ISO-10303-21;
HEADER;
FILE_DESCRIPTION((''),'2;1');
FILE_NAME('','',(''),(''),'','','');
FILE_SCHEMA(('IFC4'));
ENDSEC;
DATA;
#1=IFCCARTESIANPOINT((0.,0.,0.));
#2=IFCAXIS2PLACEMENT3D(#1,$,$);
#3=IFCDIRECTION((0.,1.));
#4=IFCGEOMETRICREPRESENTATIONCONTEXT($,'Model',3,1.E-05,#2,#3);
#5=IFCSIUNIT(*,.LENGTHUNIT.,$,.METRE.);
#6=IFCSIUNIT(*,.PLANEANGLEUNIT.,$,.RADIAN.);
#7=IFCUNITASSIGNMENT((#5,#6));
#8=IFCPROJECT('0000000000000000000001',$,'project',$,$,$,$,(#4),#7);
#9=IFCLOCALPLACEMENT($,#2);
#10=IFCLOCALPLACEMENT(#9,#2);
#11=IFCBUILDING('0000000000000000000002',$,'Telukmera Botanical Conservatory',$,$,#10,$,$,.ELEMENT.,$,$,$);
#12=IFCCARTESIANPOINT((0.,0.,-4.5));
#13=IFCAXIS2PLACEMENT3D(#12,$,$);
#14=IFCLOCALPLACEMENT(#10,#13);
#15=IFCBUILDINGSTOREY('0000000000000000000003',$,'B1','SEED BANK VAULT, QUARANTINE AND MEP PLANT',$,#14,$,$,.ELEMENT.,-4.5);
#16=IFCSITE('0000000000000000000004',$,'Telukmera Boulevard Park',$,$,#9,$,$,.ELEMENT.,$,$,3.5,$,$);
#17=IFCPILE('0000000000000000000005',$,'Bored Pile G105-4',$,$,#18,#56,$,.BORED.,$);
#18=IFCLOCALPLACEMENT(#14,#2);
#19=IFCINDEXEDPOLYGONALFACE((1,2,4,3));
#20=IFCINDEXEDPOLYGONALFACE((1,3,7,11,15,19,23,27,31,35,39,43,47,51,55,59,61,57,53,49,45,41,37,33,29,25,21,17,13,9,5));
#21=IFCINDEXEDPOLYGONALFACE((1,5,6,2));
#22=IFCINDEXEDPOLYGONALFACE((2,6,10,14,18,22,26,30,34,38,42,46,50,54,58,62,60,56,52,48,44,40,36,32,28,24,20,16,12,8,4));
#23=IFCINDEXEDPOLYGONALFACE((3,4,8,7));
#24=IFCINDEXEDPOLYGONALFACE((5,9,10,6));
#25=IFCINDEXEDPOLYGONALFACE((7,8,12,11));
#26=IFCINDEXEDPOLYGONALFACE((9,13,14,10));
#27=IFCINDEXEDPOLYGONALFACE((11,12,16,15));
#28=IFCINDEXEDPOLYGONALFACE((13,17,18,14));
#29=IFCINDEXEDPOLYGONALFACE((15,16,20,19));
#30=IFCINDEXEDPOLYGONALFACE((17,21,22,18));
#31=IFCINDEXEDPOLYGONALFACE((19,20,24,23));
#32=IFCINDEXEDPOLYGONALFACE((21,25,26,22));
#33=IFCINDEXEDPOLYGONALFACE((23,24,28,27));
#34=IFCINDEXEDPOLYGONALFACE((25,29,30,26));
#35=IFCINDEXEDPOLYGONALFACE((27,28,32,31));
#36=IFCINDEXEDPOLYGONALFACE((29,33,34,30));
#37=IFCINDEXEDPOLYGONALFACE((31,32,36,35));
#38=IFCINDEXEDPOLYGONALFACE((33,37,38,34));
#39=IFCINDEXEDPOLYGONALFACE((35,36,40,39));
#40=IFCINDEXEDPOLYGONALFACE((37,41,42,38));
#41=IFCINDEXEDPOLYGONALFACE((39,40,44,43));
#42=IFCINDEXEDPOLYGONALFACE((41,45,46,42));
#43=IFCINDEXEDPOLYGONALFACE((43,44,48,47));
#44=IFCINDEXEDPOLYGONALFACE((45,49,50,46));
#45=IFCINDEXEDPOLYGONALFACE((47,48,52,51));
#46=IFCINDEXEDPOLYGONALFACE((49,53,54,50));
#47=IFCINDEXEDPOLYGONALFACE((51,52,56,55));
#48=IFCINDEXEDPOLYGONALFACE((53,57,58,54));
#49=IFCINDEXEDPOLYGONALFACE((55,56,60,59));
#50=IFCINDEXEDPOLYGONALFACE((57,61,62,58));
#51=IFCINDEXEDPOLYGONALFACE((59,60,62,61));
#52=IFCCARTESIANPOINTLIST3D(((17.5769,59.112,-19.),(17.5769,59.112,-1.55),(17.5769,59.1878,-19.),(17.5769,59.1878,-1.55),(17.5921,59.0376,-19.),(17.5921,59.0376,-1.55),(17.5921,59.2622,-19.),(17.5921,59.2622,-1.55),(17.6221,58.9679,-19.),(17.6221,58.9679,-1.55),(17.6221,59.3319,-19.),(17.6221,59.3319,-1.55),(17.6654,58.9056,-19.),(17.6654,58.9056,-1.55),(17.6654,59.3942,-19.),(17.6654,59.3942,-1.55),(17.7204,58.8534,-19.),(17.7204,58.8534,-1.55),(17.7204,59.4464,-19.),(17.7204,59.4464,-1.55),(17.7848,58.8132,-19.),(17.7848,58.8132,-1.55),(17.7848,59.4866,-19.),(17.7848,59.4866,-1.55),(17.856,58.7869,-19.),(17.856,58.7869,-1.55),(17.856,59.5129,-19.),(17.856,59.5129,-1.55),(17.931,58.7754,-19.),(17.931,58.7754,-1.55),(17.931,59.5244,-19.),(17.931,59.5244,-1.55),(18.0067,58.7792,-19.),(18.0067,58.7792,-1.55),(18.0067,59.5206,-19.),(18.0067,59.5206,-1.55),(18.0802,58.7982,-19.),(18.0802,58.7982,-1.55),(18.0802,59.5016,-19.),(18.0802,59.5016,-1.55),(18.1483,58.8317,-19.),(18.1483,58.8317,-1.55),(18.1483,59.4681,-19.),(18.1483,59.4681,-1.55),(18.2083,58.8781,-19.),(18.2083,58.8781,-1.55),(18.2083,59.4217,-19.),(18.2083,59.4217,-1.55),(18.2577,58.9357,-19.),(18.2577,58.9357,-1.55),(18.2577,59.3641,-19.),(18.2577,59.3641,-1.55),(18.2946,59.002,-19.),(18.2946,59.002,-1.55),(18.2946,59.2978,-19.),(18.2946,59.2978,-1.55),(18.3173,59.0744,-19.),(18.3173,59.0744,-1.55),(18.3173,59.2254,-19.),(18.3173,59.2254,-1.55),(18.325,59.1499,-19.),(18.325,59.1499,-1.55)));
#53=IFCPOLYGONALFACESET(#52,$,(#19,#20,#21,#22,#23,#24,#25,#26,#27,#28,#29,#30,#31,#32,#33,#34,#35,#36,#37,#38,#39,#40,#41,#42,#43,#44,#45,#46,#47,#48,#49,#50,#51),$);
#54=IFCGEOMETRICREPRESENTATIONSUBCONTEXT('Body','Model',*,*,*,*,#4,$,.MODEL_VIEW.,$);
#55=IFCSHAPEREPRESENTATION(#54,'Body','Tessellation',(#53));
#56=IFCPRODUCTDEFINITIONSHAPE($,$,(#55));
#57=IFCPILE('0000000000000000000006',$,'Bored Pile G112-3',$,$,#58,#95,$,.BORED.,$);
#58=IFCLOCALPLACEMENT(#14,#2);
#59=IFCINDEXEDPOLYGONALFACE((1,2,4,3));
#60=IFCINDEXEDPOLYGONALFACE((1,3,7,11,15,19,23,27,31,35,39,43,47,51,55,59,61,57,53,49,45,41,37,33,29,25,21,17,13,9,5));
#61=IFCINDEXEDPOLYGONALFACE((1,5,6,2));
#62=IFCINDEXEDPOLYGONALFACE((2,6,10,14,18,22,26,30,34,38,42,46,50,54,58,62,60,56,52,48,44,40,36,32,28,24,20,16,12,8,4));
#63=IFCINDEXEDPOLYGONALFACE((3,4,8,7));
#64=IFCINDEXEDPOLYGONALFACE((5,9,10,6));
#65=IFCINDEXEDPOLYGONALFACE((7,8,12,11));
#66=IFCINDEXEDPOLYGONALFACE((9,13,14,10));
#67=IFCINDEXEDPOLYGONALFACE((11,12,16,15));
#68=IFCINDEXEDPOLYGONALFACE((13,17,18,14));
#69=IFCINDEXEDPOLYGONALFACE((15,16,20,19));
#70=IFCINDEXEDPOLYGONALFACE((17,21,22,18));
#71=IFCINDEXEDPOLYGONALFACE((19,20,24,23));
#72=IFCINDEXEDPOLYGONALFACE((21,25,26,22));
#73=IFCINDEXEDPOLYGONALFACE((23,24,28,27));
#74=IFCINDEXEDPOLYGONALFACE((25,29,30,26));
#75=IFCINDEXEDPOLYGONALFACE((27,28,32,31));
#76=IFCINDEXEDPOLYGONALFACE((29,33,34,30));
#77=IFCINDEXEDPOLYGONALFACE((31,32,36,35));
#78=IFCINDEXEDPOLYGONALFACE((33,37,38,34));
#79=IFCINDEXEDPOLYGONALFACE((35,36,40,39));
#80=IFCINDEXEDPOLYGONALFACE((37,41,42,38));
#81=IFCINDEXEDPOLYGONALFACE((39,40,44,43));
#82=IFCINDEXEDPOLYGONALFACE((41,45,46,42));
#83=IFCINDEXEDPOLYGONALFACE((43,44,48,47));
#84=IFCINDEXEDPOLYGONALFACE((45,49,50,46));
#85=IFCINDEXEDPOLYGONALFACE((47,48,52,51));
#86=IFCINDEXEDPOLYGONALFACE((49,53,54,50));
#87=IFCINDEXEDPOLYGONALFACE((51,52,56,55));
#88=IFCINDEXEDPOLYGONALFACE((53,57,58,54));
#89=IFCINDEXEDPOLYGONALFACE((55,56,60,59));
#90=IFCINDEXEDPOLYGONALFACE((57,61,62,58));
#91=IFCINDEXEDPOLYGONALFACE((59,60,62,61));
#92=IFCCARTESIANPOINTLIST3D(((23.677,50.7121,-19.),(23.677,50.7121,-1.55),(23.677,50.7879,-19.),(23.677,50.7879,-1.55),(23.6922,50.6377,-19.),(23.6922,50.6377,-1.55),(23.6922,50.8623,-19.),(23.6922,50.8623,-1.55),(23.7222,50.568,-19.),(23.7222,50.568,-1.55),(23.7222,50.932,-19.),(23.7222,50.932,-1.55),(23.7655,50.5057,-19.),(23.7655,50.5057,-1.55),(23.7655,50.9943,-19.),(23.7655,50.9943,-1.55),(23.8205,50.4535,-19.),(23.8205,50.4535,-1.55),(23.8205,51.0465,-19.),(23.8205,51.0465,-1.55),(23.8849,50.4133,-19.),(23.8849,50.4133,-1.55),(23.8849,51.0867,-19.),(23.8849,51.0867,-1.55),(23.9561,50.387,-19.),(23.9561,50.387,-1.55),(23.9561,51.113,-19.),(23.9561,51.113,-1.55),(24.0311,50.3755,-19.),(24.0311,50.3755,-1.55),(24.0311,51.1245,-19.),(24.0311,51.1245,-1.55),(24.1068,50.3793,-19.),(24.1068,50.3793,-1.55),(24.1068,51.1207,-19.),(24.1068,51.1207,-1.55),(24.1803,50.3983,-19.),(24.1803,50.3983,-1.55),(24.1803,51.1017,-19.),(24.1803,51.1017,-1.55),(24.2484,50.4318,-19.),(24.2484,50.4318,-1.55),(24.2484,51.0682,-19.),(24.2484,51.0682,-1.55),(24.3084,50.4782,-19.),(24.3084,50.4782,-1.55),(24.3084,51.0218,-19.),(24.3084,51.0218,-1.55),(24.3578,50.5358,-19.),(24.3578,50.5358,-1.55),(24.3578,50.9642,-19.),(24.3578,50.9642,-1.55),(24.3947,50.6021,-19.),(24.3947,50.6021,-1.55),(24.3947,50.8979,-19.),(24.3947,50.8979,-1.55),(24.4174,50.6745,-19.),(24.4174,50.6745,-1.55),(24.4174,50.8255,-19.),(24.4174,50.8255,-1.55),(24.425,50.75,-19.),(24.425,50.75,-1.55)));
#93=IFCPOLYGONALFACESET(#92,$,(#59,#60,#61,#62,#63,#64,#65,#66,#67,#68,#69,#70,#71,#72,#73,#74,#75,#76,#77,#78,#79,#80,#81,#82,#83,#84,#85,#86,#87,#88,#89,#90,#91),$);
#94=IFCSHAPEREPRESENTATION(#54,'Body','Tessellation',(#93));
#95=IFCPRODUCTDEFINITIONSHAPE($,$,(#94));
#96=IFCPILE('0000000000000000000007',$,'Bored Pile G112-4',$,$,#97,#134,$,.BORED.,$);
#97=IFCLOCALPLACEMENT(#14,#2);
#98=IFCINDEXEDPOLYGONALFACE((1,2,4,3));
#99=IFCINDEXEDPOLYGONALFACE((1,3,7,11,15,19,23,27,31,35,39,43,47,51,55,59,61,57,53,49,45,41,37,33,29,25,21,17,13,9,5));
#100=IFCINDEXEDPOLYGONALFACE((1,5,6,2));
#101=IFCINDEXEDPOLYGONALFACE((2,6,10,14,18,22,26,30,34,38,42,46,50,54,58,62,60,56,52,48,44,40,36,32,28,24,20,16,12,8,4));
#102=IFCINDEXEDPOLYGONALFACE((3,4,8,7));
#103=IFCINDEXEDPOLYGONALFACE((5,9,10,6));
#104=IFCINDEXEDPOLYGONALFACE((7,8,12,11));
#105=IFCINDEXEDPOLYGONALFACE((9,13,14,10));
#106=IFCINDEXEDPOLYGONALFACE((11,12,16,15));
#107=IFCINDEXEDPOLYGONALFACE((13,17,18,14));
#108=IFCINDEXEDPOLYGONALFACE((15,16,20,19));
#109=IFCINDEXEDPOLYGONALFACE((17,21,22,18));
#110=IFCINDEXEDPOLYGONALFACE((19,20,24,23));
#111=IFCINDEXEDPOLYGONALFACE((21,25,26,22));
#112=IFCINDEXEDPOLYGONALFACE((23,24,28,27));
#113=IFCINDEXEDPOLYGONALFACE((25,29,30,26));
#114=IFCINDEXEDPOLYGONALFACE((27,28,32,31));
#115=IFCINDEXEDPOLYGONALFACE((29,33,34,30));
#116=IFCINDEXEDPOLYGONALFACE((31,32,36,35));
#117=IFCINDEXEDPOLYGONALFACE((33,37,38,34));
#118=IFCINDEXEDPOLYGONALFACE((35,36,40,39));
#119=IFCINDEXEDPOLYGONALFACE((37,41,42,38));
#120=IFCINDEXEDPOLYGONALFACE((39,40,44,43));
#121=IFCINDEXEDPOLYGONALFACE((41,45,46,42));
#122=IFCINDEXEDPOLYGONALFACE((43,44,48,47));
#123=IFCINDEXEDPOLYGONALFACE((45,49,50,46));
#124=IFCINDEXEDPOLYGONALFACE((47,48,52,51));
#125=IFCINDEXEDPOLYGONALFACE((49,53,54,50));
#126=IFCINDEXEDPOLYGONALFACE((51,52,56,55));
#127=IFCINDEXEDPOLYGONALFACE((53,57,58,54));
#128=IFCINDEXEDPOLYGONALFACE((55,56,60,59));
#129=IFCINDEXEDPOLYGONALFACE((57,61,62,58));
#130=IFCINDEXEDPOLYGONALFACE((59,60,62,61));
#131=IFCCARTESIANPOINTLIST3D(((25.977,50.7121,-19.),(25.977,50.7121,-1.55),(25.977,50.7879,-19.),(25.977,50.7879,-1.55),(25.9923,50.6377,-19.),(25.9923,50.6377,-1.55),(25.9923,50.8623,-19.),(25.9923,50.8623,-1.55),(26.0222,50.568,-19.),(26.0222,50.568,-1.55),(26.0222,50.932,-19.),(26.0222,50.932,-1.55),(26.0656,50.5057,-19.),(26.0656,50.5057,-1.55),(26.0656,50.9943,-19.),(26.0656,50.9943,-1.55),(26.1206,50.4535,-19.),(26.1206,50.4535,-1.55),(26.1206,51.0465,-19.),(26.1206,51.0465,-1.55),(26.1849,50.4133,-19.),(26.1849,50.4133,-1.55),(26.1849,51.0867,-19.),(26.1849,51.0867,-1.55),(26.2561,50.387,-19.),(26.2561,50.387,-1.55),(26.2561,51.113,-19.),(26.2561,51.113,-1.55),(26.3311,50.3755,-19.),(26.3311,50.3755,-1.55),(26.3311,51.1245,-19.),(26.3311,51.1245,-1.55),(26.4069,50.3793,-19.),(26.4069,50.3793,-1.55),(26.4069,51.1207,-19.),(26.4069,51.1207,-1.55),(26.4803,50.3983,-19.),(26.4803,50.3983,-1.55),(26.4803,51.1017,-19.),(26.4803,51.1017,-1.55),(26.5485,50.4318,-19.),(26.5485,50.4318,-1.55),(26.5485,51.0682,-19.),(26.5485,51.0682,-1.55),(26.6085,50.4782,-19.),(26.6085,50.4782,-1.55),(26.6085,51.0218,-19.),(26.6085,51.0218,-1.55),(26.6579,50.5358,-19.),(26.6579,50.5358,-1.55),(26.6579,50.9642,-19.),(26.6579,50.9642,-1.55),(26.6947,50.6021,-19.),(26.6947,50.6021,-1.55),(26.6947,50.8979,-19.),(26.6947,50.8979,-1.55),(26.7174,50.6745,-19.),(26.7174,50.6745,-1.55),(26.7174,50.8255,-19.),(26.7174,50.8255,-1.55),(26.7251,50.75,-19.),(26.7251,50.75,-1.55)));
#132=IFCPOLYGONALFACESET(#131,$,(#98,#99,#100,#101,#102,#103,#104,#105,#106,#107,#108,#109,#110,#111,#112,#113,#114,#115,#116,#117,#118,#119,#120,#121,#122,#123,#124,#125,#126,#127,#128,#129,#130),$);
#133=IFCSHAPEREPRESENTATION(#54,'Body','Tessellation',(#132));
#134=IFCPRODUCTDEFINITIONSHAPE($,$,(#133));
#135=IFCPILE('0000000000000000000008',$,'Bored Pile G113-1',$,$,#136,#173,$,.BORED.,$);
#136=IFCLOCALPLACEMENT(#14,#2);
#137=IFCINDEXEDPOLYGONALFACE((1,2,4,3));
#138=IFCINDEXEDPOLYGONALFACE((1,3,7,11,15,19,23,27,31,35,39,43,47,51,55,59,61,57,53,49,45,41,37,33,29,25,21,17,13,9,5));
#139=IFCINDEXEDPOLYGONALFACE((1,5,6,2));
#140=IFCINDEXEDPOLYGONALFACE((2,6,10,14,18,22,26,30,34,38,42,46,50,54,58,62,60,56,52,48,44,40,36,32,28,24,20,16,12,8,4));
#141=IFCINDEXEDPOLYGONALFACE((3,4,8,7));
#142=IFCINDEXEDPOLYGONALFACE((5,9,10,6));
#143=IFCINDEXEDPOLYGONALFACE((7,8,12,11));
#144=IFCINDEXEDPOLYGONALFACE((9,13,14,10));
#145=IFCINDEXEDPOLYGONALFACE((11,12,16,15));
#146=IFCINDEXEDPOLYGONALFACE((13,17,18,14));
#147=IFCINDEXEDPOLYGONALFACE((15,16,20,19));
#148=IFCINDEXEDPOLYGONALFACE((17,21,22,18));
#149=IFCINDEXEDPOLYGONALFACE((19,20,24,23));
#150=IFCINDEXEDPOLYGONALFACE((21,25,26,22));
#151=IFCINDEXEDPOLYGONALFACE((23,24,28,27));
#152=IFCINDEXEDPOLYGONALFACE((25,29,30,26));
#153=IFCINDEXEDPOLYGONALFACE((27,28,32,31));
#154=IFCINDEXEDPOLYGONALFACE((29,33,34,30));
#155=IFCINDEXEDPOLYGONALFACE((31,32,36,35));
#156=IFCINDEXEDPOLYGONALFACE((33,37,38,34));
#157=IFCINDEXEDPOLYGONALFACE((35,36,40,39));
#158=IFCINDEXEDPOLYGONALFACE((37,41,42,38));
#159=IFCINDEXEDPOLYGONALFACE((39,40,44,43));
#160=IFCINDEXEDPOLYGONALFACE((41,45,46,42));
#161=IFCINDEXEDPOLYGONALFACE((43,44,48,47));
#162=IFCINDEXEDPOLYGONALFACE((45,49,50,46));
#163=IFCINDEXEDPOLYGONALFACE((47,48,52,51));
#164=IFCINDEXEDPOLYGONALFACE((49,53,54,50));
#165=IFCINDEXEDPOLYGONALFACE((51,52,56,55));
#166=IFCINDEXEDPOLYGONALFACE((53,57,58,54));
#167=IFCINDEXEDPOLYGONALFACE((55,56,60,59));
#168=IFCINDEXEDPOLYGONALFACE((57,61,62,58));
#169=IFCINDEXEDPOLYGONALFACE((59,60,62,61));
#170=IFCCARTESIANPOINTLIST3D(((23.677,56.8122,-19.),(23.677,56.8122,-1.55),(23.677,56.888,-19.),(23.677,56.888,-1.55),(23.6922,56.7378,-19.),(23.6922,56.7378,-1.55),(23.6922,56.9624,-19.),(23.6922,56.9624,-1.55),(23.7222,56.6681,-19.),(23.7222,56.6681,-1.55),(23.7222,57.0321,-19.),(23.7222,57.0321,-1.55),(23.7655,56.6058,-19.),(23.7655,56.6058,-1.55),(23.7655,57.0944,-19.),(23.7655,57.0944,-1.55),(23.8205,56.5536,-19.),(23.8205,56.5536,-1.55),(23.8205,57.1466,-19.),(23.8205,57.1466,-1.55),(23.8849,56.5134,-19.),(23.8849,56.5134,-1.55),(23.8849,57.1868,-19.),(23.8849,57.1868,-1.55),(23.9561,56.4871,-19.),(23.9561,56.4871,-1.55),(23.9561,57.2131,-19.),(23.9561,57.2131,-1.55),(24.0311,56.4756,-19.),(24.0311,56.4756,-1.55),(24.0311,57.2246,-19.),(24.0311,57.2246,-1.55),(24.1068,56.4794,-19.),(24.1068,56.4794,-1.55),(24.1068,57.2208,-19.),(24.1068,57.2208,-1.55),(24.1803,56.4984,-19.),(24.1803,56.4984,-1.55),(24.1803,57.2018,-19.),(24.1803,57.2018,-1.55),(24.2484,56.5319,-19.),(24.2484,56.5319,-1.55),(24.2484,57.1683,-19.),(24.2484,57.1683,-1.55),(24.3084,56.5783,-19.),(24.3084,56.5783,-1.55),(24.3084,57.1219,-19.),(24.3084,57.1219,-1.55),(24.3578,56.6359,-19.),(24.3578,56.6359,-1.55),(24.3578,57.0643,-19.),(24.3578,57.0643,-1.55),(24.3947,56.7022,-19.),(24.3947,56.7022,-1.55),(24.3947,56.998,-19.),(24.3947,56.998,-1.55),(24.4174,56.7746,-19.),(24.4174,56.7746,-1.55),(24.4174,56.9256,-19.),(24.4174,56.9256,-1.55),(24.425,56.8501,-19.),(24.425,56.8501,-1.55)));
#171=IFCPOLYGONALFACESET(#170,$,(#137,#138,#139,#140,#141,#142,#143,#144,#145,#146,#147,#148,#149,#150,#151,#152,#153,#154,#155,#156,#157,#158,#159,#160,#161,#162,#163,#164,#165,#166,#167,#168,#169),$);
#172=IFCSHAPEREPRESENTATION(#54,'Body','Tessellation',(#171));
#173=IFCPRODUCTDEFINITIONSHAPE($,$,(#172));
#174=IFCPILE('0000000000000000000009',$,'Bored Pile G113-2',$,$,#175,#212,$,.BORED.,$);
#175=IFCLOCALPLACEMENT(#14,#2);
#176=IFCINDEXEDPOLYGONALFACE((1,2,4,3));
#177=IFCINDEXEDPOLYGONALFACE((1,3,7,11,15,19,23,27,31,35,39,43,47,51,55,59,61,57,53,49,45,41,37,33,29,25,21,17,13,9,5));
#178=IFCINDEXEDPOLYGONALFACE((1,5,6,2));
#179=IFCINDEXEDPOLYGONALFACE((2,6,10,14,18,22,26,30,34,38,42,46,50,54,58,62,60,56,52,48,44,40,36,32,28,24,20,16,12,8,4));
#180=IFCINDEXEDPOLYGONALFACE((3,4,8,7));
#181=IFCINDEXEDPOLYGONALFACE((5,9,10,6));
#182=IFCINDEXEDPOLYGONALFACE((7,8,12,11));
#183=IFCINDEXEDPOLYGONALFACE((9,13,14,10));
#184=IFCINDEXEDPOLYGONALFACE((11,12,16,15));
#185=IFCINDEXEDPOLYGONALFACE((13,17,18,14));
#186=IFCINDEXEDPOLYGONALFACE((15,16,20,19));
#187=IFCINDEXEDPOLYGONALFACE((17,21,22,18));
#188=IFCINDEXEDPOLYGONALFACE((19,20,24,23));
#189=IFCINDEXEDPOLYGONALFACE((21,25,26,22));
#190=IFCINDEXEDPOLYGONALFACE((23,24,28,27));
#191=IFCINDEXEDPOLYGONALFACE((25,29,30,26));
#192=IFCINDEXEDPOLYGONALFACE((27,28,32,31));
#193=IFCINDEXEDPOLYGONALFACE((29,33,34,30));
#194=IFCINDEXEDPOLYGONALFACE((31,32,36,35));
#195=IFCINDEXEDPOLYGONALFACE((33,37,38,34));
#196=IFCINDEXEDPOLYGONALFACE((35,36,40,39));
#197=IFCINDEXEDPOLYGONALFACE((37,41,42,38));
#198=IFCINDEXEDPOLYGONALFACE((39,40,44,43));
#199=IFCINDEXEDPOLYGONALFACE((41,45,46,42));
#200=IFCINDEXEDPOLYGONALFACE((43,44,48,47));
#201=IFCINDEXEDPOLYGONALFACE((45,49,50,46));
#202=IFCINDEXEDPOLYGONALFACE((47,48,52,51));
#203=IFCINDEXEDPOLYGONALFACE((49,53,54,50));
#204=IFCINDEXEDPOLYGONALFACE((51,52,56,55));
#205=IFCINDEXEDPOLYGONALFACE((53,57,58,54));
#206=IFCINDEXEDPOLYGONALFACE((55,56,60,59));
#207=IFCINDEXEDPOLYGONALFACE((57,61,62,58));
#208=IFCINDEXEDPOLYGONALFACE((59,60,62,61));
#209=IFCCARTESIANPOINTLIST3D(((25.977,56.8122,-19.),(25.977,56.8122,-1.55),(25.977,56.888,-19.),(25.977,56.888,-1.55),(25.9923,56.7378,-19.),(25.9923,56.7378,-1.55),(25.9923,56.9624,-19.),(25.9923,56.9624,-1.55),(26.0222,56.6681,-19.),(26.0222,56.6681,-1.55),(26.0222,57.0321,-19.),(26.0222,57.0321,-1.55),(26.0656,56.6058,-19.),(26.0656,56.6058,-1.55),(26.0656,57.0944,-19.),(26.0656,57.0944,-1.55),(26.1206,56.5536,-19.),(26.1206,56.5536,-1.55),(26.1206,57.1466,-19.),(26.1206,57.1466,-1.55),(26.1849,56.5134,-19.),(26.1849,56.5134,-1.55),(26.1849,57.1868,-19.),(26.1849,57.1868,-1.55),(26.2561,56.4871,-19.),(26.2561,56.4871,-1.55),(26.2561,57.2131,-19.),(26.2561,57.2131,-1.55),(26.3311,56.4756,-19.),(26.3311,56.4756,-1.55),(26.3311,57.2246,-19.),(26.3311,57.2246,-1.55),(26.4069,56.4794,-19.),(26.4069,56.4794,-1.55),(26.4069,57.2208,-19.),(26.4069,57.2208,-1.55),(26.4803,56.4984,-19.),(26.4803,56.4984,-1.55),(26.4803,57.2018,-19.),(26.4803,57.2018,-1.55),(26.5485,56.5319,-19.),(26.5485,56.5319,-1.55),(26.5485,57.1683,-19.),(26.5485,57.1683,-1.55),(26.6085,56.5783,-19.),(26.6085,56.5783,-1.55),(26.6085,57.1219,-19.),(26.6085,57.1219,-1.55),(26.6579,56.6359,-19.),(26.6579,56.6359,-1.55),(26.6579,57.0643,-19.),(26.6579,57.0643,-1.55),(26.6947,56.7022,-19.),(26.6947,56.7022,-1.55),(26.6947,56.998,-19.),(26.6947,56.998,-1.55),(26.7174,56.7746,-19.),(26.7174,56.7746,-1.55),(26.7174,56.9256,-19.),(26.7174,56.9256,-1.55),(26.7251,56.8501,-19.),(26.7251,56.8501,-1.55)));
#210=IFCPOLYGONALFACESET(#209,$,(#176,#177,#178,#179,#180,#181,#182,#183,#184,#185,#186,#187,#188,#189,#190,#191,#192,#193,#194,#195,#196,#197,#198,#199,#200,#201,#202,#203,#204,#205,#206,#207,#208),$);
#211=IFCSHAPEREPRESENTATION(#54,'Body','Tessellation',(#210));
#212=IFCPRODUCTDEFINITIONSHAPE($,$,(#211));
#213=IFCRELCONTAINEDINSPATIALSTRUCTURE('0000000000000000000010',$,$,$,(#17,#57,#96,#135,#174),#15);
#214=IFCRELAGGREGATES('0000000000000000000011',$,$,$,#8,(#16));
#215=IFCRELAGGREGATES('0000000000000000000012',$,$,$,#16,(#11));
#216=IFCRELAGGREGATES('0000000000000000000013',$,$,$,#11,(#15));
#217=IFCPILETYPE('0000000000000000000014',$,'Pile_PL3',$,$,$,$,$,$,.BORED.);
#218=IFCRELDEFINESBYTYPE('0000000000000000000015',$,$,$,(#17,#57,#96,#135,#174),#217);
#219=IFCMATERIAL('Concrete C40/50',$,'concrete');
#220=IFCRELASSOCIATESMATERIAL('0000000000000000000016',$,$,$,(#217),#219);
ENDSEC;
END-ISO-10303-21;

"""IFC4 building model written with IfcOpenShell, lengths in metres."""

from ifc_helpers import new_model, si_unit, direction, frame, origin, origin_2d, place, context, subcontext, project, spatial, circle, extrude, material, material_profile, profile_set, type_object, element, save


model = new_model("IFC4")

# Units and contexts
model_context = context("Model", 3, precision=1e-05, world=origin(), true_north=direction((0.0, 1.0)))
body_context = subcontext(model_context, "Body", "Model", "MODEL_VIEW")
ifc_project = project(units=[si_unit("LENGTHUNIT", "METRE"), si_unit("PLANEANGLEUNIT", "RADIAN")], contexts=[model_context])

# Site, building, storey
site_placement = place(None, origin())
site = spatial("IfcSite", under=ifc_project, at=site_placement, Name="Telukmera Boulevard Park", CompositionType="ELEMENT", RefElevation=3.5)
building_placement = place(site_placement, origin())
building = spatial("IfcBuilding", under=site, at=building_placement, Name="Telukmera Botanical Conservatory", CompositionType="ELEMENT")
storey_placement = place(building_placement, frame((0.0, 0.0, -4.5)))
storey = spatial("IfcBuildingStorey", under=building, at=storey_placement, Name="B1", Description="SEED BANK VAULT, QUARANTINE AND MEP PLANT", CompositionType="ELEMENT", Elevation=-4.5)

# Shared definitions
ifc_material_1 = material(Name="Concrete C40/50", Category="concrete")

# Piles
ifc_material_profile_1 = material_profile(ifc_material_1, circle(Radius=0.375, at=origin_2d()), Name="PILE D750")
ifc_profile_set_1 = profile_set([ifc_material_profile_1], Name="Concrete C40/50")
pile_type = type_object("IfcPileType", Name="Pile_PL3", PredefinedType="BORED", material=ifc_profile_set_1)
for number, where, z_axis, x_axis, name in (
    (1, (17.95, 59.1499, -1.55), (0.0, 0.0, -1.0), (1.0, 0.0, 0.0), "Bored Pile G105-4"),
    (2, (24.05, 50.75, -1.55), (0.0, 0.0, -1.0), (1.0, 0.0, 0.0), "Bored Pile G112-3"),
    (3, (26.3501, 50.75, -1.55), (0.0, 0.0, -1.0), (1.0, 0.0, 0.0), "Bored Pile G112-4"),
    (4, (24.05, 56.8501, -1.55), (0.0, 0.0, -1.0), (1.0, 0.0, 0.0), "Bored Pile G113-1"),
    (5, (26.3501, 56.8501, -1.55), (0.0, 0.0, -1.0), (1.0, 0.0, 0.0), "Bored Pile G113-2"),
):
    element("IfcPile", number, at=place(storey_placement, frame(where, z_axis=z_axis, x_axis=x_axis)), inside=storey, type_object=pile_type, Name=name, PredefinedType="BORED", context=body_context, shape_type="SweptSolid", body=[
        extrude(circle(Radius=0.375, at=origin_2d()), origin(), (0.0, 0.0, 1.0), 17.45),
    ])

save(model, "model.ifc")
